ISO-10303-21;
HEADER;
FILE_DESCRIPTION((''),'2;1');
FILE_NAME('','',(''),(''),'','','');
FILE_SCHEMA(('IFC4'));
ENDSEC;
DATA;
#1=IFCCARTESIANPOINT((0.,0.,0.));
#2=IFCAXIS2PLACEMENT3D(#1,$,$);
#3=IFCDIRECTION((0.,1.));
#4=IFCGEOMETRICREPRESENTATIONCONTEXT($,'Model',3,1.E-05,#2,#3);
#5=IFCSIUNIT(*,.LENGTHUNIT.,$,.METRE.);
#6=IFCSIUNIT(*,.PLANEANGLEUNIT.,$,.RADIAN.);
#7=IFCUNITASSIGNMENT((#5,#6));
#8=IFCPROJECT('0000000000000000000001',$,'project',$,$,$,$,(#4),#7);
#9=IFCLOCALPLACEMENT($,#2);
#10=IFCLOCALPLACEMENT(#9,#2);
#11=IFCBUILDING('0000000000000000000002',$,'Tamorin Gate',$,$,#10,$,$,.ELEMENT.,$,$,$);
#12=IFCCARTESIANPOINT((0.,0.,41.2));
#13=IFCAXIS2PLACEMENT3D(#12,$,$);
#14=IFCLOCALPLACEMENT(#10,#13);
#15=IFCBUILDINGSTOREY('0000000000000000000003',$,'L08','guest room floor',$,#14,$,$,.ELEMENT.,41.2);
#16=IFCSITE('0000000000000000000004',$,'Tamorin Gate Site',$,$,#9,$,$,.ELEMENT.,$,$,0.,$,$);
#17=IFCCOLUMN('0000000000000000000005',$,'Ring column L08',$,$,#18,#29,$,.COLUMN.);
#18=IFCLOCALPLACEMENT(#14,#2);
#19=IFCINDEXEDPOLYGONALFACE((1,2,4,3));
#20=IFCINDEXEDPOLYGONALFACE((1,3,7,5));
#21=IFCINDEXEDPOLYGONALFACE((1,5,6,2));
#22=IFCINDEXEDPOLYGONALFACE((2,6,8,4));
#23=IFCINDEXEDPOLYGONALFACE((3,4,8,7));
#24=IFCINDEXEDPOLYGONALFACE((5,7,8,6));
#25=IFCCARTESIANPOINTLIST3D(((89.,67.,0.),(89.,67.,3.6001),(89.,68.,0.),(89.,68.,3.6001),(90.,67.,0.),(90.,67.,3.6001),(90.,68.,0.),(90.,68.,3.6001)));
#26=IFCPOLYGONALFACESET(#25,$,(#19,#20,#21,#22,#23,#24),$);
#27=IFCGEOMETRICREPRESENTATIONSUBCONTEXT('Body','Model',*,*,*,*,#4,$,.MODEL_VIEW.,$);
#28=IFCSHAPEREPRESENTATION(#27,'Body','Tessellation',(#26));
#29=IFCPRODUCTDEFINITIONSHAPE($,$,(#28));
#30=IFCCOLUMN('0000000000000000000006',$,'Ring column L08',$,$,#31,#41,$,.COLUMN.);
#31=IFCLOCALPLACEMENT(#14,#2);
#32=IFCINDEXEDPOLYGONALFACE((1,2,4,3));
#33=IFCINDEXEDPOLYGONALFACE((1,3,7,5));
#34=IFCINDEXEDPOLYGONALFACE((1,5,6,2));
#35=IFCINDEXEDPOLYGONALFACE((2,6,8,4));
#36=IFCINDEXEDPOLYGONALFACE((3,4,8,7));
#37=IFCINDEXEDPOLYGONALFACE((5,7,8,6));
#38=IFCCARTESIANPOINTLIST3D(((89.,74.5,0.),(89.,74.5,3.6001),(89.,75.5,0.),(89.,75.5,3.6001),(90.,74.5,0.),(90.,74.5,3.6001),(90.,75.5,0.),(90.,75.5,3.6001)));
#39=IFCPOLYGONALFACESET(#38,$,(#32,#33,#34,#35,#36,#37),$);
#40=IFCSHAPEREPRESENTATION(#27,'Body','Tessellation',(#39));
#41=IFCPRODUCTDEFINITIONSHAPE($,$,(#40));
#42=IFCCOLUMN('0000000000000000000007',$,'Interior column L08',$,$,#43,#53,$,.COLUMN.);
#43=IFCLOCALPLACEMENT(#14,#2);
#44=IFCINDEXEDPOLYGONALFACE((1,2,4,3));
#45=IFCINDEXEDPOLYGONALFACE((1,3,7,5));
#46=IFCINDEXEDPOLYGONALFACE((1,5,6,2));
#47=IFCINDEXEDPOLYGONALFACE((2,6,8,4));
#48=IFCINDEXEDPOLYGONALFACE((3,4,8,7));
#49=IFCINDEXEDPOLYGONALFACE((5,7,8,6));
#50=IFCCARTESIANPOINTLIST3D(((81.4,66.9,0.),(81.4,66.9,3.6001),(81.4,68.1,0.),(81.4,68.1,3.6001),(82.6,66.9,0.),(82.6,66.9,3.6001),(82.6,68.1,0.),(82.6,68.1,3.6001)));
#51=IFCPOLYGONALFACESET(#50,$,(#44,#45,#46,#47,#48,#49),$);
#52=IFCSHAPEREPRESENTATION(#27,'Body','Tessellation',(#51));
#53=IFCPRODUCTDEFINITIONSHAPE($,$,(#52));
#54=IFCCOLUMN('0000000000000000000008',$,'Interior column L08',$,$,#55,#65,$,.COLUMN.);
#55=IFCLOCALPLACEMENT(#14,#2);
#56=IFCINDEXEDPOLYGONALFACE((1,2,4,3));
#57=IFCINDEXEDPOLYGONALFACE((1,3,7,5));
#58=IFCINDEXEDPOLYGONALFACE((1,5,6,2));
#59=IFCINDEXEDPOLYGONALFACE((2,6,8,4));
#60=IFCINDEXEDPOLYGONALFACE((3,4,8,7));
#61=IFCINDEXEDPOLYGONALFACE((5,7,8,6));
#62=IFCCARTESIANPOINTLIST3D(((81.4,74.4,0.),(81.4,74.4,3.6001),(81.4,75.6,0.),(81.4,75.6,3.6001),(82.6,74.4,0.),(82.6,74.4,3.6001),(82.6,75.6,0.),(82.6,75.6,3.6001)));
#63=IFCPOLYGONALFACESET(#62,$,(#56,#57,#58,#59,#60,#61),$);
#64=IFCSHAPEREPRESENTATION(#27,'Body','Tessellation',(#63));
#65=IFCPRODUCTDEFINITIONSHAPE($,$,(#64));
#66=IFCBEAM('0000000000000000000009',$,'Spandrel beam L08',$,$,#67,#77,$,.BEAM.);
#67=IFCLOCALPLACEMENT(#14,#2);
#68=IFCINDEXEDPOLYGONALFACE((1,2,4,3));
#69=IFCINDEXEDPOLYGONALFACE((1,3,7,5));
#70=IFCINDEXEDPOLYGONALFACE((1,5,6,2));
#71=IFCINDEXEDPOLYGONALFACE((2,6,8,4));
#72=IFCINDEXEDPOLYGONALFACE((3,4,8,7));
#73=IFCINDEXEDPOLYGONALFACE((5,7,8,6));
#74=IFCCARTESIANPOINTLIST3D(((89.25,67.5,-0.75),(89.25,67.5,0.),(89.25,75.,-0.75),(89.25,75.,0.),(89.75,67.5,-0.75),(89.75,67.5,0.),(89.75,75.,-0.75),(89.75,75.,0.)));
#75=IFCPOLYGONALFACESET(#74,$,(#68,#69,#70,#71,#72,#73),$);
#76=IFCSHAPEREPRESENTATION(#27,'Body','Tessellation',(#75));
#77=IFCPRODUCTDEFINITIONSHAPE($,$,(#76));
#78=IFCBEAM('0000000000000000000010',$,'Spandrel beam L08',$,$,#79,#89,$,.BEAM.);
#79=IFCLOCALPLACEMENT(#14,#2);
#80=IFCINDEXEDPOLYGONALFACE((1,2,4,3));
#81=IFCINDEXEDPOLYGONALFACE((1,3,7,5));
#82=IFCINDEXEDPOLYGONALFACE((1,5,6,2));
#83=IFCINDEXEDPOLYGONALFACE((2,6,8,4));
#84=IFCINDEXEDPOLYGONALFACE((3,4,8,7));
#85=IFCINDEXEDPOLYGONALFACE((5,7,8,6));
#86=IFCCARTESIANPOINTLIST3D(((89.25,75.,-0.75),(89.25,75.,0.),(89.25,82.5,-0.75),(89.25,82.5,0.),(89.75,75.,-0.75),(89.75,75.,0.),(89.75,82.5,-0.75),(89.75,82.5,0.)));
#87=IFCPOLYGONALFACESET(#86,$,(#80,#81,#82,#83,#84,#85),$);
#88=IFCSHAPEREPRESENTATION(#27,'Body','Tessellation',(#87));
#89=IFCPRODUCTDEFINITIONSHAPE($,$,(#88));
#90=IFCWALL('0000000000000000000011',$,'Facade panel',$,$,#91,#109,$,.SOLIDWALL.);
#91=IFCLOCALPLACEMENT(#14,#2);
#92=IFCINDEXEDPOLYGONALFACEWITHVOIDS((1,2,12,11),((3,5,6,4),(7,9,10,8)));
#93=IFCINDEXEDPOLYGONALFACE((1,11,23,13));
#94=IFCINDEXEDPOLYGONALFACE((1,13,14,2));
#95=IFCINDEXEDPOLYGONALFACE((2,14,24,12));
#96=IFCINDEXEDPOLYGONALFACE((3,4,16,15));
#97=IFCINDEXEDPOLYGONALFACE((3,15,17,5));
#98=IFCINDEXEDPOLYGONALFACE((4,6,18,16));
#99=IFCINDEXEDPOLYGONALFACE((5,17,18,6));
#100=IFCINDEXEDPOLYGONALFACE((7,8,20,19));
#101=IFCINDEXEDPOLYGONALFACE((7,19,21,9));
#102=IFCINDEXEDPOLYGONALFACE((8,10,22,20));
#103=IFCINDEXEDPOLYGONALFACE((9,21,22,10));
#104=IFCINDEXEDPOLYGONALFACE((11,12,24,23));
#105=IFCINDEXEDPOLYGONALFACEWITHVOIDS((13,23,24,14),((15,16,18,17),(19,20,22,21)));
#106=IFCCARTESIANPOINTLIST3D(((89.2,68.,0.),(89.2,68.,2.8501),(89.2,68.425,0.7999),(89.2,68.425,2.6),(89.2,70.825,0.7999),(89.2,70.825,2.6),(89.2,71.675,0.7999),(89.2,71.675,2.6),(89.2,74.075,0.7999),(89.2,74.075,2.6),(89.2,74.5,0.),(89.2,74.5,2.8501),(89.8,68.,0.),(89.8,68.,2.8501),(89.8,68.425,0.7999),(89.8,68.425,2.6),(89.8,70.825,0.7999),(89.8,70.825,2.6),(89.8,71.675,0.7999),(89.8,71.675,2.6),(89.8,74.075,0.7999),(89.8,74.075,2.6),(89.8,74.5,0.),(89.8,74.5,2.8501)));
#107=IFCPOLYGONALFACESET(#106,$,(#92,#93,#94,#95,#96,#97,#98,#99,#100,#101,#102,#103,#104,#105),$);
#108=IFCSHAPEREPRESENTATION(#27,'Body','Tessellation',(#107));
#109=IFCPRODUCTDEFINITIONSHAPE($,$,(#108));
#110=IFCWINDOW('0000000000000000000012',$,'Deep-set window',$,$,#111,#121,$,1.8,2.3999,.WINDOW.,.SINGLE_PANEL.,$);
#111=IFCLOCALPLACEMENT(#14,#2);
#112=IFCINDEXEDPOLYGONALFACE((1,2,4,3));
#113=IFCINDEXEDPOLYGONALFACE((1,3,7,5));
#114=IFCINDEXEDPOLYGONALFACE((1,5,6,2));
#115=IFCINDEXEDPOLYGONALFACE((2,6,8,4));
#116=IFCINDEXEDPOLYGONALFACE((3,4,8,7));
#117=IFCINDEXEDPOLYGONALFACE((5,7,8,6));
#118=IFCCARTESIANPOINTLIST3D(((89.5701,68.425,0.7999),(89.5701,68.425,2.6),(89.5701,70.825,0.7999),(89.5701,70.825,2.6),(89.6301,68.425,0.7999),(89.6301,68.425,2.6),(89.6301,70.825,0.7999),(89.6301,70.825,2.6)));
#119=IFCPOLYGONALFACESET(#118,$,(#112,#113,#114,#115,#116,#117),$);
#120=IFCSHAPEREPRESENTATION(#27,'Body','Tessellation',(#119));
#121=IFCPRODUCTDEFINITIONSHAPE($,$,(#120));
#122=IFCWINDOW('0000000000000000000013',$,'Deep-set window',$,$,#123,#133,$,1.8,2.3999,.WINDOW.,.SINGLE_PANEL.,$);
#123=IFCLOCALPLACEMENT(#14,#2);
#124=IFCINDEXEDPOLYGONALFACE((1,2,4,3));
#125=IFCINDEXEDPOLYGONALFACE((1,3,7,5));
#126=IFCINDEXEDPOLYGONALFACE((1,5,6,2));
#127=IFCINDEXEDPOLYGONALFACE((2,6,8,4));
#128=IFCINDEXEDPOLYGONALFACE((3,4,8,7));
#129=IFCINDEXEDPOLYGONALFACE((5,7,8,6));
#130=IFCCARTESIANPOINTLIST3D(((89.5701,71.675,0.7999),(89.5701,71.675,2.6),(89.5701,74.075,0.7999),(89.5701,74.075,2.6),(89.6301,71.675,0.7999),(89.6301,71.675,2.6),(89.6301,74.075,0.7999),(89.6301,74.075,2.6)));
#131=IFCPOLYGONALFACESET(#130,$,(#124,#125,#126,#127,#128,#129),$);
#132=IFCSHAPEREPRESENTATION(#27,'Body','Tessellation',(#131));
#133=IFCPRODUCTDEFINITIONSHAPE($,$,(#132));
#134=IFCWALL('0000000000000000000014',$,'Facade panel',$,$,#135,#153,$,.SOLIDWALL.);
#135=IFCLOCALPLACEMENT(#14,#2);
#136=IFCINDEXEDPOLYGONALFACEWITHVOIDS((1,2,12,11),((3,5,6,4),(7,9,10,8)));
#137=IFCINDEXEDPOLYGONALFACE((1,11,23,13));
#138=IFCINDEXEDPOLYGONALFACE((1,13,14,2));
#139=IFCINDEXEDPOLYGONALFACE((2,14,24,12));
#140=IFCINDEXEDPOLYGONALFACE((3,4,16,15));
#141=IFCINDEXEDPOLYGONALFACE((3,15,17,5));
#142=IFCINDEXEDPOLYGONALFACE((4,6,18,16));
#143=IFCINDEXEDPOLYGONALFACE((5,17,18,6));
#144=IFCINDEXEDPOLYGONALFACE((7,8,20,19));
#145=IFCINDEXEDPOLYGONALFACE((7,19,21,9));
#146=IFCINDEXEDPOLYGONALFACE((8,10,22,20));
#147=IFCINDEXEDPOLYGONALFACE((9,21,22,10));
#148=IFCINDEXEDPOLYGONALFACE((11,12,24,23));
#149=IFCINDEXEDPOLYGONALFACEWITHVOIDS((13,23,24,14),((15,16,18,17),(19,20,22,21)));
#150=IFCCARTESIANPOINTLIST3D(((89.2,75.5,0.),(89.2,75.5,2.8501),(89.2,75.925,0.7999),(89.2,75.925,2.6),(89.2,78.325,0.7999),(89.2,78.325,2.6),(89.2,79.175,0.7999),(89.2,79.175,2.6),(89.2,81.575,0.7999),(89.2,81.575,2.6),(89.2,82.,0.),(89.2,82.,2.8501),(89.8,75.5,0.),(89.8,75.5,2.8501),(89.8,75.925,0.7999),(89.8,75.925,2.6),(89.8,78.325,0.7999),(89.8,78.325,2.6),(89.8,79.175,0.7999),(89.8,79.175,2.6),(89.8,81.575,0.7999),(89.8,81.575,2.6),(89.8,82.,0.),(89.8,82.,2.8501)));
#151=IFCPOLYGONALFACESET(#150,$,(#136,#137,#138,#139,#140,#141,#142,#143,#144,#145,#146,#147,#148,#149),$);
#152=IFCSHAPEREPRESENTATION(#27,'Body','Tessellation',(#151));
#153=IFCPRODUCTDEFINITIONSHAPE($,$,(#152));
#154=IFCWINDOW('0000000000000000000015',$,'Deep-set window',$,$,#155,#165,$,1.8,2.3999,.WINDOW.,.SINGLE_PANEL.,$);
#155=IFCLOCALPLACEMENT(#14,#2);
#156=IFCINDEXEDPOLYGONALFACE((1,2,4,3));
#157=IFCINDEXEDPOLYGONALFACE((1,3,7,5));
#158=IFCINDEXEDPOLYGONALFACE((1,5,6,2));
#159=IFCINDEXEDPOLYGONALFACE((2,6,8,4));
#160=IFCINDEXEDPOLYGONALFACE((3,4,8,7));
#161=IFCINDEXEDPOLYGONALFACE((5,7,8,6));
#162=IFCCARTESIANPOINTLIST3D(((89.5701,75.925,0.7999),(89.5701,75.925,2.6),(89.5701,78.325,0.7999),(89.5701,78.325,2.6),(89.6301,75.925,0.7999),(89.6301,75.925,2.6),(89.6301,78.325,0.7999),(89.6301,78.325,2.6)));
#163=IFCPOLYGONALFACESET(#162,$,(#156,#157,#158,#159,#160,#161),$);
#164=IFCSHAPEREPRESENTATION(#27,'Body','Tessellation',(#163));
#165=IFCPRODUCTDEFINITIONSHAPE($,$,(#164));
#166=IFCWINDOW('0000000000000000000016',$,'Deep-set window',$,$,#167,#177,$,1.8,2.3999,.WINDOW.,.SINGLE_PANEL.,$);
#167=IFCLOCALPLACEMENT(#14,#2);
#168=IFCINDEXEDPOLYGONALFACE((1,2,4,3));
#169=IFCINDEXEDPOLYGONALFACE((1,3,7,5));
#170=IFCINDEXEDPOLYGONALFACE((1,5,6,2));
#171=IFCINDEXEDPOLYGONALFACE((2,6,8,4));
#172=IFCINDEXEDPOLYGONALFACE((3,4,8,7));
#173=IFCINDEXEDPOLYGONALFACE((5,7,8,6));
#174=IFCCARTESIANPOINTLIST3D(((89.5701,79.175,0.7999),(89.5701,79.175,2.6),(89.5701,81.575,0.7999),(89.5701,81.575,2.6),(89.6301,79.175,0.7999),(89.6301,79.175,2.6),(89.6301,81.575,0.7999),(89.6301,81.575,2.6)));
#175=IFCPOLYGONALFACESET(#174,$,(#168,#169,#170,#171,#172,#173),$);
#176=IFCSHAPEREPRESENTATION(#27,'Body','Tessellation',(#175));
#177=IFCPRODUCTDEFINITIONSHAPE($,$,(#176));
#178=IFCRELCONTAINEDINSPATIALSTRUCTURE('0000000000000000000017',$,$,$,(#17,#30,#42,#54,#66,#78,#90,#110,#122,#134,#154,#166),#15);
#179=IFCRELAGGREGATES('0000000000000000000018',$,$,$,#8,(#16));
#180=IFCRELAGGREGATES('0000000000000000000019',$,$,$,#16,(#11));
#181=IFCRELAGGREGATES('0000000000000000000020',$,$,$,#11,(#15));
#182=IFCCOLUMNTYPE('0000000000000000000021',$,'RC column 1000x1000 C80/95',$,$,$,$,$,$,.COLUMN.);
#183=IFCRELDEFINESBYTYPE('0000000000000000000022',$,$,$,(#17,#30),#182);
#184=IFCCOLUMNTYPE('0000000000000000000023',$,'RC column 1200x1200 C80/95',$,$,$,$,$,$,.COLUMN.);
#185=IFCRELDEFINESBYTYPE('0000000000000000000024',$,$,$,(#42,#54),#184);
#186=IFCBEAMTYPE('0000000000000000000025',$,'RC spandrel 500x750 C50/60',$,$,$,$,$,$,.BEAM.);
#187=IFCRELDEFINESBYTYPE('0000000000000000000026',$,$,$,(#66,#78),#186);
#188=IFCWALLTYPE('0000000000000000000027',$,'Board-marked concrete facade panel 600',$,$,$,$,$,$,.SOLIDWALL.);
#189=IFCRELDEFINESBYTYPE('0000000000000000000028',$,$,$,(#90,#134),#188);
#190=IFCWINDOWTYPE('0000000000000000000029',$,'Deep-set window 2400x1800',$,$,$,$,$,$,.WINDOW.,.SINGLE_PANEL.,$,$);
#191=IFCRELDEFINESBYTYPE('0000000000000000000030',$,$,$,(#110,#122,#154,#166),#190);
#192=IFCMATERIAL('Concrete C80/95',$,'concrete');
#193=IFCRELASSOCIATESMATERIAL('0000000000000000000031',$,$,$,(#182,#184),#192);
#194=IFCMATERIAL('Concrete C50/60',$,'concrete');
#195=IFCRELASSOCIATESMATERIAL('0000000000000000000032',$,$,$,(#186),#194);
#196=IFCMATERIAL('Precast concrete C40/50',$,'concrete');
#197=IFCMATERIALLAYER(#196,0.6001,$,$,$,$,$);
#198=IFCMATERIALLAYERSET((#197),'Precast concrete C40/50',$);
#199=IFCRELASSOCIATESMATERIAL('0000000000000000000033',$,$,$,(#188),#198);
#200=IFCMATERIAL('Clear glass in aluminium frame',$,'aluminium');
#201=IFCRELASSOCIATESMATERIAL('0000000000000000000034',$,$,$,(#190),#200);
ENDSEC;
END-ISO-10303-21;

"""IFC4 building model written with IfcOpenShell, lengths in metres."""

from ifc_helpers import new_model, si_unit, direction, frame, frame_2d, origin, origin_2d, place, context, subcontext, project, spatial, rectangle, extrude, material, layer, layer_set, material_profile, profile_set, type_object, element, fill, save


model = new_model("IFC4")

# Units and contexts
model_context = context("Model", 3, precision=1e-05, world=origin(), true_north=direction((0.0, 1.0)))
body_context = subcontext(model_context, "Body", "Model", "MODEL_VIEW")
ifc_project = project(units=[si_unit("LENGTHUNIT", "METRE"), si_unit("PLANEANGLEUNIT", "RADIAN")], contexts=[model_context])

# Site, building, storey
site_placement = place(None, origin())
site = spatial("IfcSite", under=ifc_project, at=site_placement, Name="Tamorin Gate Site", CompositionType="ELEMENT", RefElevation=0.0)
building_placement = place(site_placement, origin())
building = spatial("IfcBuilding", under=site, at=building_placement, Name="Tamorin Gate", CompositionType="ELEMENT")
storey_placement = place(building_placement, frame((0.0, 0.0, 41.2)))
storey = spatial("IfcBuildingStorey", under=building, at=storey_placement, Name="L08", Description="guest room floor", CompositionType="ELEMENT", Elevation=41.2)

# Columns
ifc_material_1 = material(Name="Concrete C80/95", Category="concrete")
ifc_material_profile_1 = material_profile(ifc_material_1, rectangle(XDim=1.0, YDim=1.0, at=origin_2d()), Name="RC 1000x1000")
ifc_profile_set_1 = profile_set([ifc_material_profile_1], Name="Concrete C80/95")
column_type_1 = type_object("IfcColumnType", Name="RC column 1000x1000 C80/95", PredefinedType="COLUMN", material=ifc_profile_set_1)
for number, where, z_axis, x_axis, name in (
    (1, (89.5, 67.5, 0.0), (0.0, 0.0, 1.0), (1.0, 0.0, 0.0), "Ring column L08"),
    (2, (89.5, 75.0, 0.0), (0.0, 0.0, 1.0), (1.0, 0.0, 0.0), "Ring column L08"),
):
    element("IfcColumn", number, at=place(storey_placement, frame(where, z_axis=z_axis, x_axis=x_axis)), inside=storey, type_object=column_type_1, Name=name, PredefinedType="COLUMN", context=body_context, shape_type="SweptSolid", body=[
        extrude(rectangle(XDim=1.0, YDim=1.0, at=origin_2d()), origin(), (0.0, 0.0, 1.0), 3.6001),
    ])
ifc_material_profile_2 = material_profile(ifc_material_1, rectangle(XDim=1.2, YDim=1.2, at=origin_2d()), Name="RC 1200x1200")
ifc_profile_set_2 = profile_set([ifc_material_profile_2], Name="Concrete C80/95")
column_type_2 = type_object("IfcColumnType", Name="RC column 1200x1200 C80/95", PredefinedType="COLUMN", material=ifc_profile_set_2)
for number, where, z_axis, x_axis, name in (
    (3, (82.0, 67.5, 0.0), (0.0, 0.0, 1.0), (1.0, 0.0, 0.0), "Interior column L08"),
    (4, (82.0, 75.0, 0.0), (0.0, 0.0, 1.0), (1.0, 0.0, 0.0), "Interior column L08"),
):
    element("IfcColumn", number, at=place(storey_placement, frame(where, z_axis=z_axis, x_axis=x_axis)), inside=storey, type_object=column_type_2, Name=name, PredefinedType="COLUMN", context=body_context, shape_type="SweptSolid", body=[
        extrude(rectangle(XDim=1.2, YDim=1.2, at=origin_2d()), origin(), (0.0, 0.0, 1.0), 3.6001),
    ])

# Beams
ifc_material_2 = material(Name="Concrete C50/60", Category="concrete")
ifc_material_profile_3 = material_profile(ifc_material_2, rectangle(XDim=0.5, YDim=0.75, at=origin_2d()), Name="RC 500x750")
ifc_profile_set_3 = profile_set([ifc_material_profile_3], Name="Concrete C50/60")
beam_type = type_object("IfcBeamType", Name="RC spandrel 500x750 C50/60", PredefinedType="BEAM", material=ifc_profile_set_3)
for number, where, z_axis, x_axis, name in (
    (5, (89.5, 67.5, -0.375), (0.0, 1.0, 0.0), (-1.0, 0.0, 0.0), "Spandrel beam L08"),
    (6, (89.5, 75.0, -0.375), (0.0, 1.0, 0.0), (-1.0, 0.0, 0.0), "Spandrel beam L08"),
):
    element("IfcBeam", number, at=place(storey_placement, frame(where, z_axis=z_axis, x_axis=x_axis)), inside=storey, type_object=beam_type, Name=name, PredefinedType="BEAM", context=body_context, shape_type="SweptSolid", body=[
        extrude(rectangle(XDim=0.5, YDim=0.75, at=origin_2d()), origin(), (0.0, 0.0, 1.0), 7.5),
    ])

# Walls, openings, windows
ifc_material_3 = material(Name="Precast concrete C40/50", Category="concrete")
ifc_layer_1 = layer(ifc_material_3, 0.6001)
ifc_layer_set_1 = layer_set([ifc_layer_1], Name="Precast concrete C40/50")
wall_type_1 = type_object("IfcWallType", Name="Board-marked concrete facade panel 600", PredefinedType="SOLIDWALL", material=ifc_layer_set_1)
wall_1_placement = place(storey_placement, frame((89.5, 68.0, 0.0), z_axis=(0.0, 0.0, 1.0), x_axis=(0.0, 1.0, 0.0)))
wall_1 = element("IfcWall", 7, at=wall_1_placement, inside=storey, type_object=wall_type_1, Name="Facade panel", PredefinedType="SOLIDWALL", context=body_context, shape_type="SweptSolid", body=[
    extrude(rectangle(XDim=6.5, YDim=0.6001, at=frame_2d((3.25, 0.0))), origin(), (0.0, 0.0, 1.0), 2.8501),
])
opening_1_placement = place(wall_1_placement, frame((0.425, 0.0, 0.8)))
opening_1 = element("IfcOpeningElement", 8, at=opening_1_placement, cuts=wall_1, PredefinedType="OPENING", context=body_context, shape_type="SweptSolid", body=[
    extrude(rectangle(XDim=2.3999, YDim=1.8, at=frame_2d((1.2, 0.8999))), frame((0.0, 0.3101, 0.0), z_axis=(0.0, -1.0, 0.0), x_axis=(1.0, 0.0, 0.0)), (0.0, 0.0, 1.0), 0.6201),
])
opening_2_placement = place(wall_1_placement, frame((3.675, 0.0, 0.8)))
opening_2 = element("IfcOpeningElement", 9, at=opening_2_placement, cuts=wall_1, PredefinedType="OPENING", context=body_context, shape_type="SweptSolid", body=[
    extrude(rectangle(XDim=2.3999, YDim=1.8, at=frame_2d((1.2, 0.8999))), frame((0.0, 0.3101, 0.0), z_axis=(0.0, -1.0, 0.0), x_axis=(1.0, 0.0, 0.0)), (0.0, 0.0, 1.0), 0.6201),
])
ifc_material_4 = material(Name="Clear glass in aluminium frame", Category="aluminium")
window_type = type_object("IfcWindowType", Name="Deep-set window 2400x1800", PartitioningType="SINGLE_PANEL", PredefinedType="WINDOW", material=ifc_material_4)
window_1_placement = place(opening_1_placement, origin())
window_1 = element("IfcWindow", 10, at=window_1_placement, inside=storey, type_object=window_type, Name="Deep-set window", OverallHeight=1.8, OverallWidth=2.3999, PartitioningType="SINGLE_PANEL", PredefinedType="WINDOW", context=body_context, shape_type="SweptSolid", body=[
    extrude(rectangle(XDim=2.3999, YDim=1.8, at=frame_2d((1.2, 0.8999))), frame((0.0, -0.0701, 0.0), z_axis=(0.0, -1.0, 0.0), x_axis=(1.0, 0.0, 0.0)), (0.0, 0.0, 1.0), 0.0601),
])
fill(opening_1, window_1)
window_2_placement = place(opening_2_placement, origin())
window_2 = element("IfcWindow", 11, at=window_2_placement, inside=storey, type_object=window_type, Name="Deep-set window", OverallHeight=1.8, OverallWidth=2.3999, PartitioningType="SINGLE_PANEL", PredefinedType="WINDOW", context=body_context, shape_type="SweptSolid", body=[
    extrude(rectangle(XDim=2.3999, YDim=1.8, at=frame_2d((1.2, 0.8999))), frame((0.0, -0.0701, 0.0), z_axis=(0.0, -1.0, 0.0), x_axis=(1.0, 0.0, 0.0)), (0.0, 0.0, 1.0), 0.0601),
])
fill(opening_2, window_2)
wall_2_placement = place(storey_placement, frame((89.5, 75.5, 0.0), z_axis=(0.0, 0.0, 1.0), x_axis=(0.0, 1.0, 0.0)))
wall_2 = element("IfcWall", 12, at=wall_2_placement, inside=storey, type_object=wall_type_1, Name="Facade panel", PredefinedType="SOLIDWALL", context=body_context, shape_type="SweptSolid", body=[
    extrude(rectangle(XDim=6.5, YDim=0.6001, at=frame_2d((3.25, 0.0))), origin(), (0.0, 0.0, 1.0), 2.8501),
])
opening_3_placement = place(wall_2_placement, frame((0.425, 0.0, 0.8)))
opening_3 = element("IfcOpeningElement", 13, at=opening_3_placement, cuts=wall_2, PredefinedType="OPENING", context=body_context, shape_type="SweptSolid", body=[
    extrude(rectangle(XDim=2.3999, YDim=1.8, at=frame_2d((1.2, 0.8999))), frame((0.0, 0.3101, 0.0), z_axis=(0.0, -1.0, 0.0), x_axis=(1.0, 0.0, 0.0)), (0.0, 0.0, 1.0), 0.6201),
])
opening_4_placement = place(wall_2_placement, frame((3.675, 0.0, 0.8)))
opening_4 = element("IfcOpeningElement", 14, at=opening_4_placement, cuts=wall_2, PredefinedType="OPENING", context=body_context, shape_type="SweptSolid", body=[
    extrude(rectangle(XDim=2.3999, YDim=1.8, at=frame_2d((1.2, 0.8999))), frame((0.0, 0.3101, 0.0), z_axis=(0.0, -1.0, 0.0), x_axis=(1.0, 0.0, 0.0)), (0.0, 0.0, 1.0), 0.6201),
])
window_3_placement = place(opening_3_placement, origin())
window_3 = element("IfcWindow", 15, at=window_3_placement, inside=storey, type_object=window_type, Name="Deep-set window", OverallHeight=1.8, OverallWidth=2.3999, PartitioningType="SINGLE_PANEL", PredefinedType="WINDOW", context=body_context, shape_type="SweptSolid", body=[
    extrude(rectangle(XDim=2.3999, YDim=1.8, at=frame_2d((1.2, 0.8999))), frame((0.0, -0.0701, 0.0), z_axis=(0.0, -1.0, 0.0), x_axis=(1.0, 0.0, 0.0)), (0.0, 0.0, 1.0), 0.0601),
])
fill(opening_3, window_3)
window_4_placement = place(opening_4_placement, origin())
window_4 = element("IfcWindow", 16, at=window_4_placement, inside=storey, type_object=window_type, Name="Deep-set window", OverallHeight=1.8, OverallWidth=2.3999, PartitioningType="SINGLE_PANEL", PredefinedType="WINDOW", context=body_context, shape_type="SweptSolid", body=[
    extrude(rectangle(XDim=2.3999, YDim=1.8, at=frame_2d((1.2, 0.8999))), frame((0.0, -0.0701, 0.0), z_axis=(0.0, -1.0, 0.0), x_axis=(1.0, 0.0, 0.0)), (0.0, 0.0, 1.0), 0.0601),
])
fill(opening_4, window_4)

save(model, "model.ifc")
